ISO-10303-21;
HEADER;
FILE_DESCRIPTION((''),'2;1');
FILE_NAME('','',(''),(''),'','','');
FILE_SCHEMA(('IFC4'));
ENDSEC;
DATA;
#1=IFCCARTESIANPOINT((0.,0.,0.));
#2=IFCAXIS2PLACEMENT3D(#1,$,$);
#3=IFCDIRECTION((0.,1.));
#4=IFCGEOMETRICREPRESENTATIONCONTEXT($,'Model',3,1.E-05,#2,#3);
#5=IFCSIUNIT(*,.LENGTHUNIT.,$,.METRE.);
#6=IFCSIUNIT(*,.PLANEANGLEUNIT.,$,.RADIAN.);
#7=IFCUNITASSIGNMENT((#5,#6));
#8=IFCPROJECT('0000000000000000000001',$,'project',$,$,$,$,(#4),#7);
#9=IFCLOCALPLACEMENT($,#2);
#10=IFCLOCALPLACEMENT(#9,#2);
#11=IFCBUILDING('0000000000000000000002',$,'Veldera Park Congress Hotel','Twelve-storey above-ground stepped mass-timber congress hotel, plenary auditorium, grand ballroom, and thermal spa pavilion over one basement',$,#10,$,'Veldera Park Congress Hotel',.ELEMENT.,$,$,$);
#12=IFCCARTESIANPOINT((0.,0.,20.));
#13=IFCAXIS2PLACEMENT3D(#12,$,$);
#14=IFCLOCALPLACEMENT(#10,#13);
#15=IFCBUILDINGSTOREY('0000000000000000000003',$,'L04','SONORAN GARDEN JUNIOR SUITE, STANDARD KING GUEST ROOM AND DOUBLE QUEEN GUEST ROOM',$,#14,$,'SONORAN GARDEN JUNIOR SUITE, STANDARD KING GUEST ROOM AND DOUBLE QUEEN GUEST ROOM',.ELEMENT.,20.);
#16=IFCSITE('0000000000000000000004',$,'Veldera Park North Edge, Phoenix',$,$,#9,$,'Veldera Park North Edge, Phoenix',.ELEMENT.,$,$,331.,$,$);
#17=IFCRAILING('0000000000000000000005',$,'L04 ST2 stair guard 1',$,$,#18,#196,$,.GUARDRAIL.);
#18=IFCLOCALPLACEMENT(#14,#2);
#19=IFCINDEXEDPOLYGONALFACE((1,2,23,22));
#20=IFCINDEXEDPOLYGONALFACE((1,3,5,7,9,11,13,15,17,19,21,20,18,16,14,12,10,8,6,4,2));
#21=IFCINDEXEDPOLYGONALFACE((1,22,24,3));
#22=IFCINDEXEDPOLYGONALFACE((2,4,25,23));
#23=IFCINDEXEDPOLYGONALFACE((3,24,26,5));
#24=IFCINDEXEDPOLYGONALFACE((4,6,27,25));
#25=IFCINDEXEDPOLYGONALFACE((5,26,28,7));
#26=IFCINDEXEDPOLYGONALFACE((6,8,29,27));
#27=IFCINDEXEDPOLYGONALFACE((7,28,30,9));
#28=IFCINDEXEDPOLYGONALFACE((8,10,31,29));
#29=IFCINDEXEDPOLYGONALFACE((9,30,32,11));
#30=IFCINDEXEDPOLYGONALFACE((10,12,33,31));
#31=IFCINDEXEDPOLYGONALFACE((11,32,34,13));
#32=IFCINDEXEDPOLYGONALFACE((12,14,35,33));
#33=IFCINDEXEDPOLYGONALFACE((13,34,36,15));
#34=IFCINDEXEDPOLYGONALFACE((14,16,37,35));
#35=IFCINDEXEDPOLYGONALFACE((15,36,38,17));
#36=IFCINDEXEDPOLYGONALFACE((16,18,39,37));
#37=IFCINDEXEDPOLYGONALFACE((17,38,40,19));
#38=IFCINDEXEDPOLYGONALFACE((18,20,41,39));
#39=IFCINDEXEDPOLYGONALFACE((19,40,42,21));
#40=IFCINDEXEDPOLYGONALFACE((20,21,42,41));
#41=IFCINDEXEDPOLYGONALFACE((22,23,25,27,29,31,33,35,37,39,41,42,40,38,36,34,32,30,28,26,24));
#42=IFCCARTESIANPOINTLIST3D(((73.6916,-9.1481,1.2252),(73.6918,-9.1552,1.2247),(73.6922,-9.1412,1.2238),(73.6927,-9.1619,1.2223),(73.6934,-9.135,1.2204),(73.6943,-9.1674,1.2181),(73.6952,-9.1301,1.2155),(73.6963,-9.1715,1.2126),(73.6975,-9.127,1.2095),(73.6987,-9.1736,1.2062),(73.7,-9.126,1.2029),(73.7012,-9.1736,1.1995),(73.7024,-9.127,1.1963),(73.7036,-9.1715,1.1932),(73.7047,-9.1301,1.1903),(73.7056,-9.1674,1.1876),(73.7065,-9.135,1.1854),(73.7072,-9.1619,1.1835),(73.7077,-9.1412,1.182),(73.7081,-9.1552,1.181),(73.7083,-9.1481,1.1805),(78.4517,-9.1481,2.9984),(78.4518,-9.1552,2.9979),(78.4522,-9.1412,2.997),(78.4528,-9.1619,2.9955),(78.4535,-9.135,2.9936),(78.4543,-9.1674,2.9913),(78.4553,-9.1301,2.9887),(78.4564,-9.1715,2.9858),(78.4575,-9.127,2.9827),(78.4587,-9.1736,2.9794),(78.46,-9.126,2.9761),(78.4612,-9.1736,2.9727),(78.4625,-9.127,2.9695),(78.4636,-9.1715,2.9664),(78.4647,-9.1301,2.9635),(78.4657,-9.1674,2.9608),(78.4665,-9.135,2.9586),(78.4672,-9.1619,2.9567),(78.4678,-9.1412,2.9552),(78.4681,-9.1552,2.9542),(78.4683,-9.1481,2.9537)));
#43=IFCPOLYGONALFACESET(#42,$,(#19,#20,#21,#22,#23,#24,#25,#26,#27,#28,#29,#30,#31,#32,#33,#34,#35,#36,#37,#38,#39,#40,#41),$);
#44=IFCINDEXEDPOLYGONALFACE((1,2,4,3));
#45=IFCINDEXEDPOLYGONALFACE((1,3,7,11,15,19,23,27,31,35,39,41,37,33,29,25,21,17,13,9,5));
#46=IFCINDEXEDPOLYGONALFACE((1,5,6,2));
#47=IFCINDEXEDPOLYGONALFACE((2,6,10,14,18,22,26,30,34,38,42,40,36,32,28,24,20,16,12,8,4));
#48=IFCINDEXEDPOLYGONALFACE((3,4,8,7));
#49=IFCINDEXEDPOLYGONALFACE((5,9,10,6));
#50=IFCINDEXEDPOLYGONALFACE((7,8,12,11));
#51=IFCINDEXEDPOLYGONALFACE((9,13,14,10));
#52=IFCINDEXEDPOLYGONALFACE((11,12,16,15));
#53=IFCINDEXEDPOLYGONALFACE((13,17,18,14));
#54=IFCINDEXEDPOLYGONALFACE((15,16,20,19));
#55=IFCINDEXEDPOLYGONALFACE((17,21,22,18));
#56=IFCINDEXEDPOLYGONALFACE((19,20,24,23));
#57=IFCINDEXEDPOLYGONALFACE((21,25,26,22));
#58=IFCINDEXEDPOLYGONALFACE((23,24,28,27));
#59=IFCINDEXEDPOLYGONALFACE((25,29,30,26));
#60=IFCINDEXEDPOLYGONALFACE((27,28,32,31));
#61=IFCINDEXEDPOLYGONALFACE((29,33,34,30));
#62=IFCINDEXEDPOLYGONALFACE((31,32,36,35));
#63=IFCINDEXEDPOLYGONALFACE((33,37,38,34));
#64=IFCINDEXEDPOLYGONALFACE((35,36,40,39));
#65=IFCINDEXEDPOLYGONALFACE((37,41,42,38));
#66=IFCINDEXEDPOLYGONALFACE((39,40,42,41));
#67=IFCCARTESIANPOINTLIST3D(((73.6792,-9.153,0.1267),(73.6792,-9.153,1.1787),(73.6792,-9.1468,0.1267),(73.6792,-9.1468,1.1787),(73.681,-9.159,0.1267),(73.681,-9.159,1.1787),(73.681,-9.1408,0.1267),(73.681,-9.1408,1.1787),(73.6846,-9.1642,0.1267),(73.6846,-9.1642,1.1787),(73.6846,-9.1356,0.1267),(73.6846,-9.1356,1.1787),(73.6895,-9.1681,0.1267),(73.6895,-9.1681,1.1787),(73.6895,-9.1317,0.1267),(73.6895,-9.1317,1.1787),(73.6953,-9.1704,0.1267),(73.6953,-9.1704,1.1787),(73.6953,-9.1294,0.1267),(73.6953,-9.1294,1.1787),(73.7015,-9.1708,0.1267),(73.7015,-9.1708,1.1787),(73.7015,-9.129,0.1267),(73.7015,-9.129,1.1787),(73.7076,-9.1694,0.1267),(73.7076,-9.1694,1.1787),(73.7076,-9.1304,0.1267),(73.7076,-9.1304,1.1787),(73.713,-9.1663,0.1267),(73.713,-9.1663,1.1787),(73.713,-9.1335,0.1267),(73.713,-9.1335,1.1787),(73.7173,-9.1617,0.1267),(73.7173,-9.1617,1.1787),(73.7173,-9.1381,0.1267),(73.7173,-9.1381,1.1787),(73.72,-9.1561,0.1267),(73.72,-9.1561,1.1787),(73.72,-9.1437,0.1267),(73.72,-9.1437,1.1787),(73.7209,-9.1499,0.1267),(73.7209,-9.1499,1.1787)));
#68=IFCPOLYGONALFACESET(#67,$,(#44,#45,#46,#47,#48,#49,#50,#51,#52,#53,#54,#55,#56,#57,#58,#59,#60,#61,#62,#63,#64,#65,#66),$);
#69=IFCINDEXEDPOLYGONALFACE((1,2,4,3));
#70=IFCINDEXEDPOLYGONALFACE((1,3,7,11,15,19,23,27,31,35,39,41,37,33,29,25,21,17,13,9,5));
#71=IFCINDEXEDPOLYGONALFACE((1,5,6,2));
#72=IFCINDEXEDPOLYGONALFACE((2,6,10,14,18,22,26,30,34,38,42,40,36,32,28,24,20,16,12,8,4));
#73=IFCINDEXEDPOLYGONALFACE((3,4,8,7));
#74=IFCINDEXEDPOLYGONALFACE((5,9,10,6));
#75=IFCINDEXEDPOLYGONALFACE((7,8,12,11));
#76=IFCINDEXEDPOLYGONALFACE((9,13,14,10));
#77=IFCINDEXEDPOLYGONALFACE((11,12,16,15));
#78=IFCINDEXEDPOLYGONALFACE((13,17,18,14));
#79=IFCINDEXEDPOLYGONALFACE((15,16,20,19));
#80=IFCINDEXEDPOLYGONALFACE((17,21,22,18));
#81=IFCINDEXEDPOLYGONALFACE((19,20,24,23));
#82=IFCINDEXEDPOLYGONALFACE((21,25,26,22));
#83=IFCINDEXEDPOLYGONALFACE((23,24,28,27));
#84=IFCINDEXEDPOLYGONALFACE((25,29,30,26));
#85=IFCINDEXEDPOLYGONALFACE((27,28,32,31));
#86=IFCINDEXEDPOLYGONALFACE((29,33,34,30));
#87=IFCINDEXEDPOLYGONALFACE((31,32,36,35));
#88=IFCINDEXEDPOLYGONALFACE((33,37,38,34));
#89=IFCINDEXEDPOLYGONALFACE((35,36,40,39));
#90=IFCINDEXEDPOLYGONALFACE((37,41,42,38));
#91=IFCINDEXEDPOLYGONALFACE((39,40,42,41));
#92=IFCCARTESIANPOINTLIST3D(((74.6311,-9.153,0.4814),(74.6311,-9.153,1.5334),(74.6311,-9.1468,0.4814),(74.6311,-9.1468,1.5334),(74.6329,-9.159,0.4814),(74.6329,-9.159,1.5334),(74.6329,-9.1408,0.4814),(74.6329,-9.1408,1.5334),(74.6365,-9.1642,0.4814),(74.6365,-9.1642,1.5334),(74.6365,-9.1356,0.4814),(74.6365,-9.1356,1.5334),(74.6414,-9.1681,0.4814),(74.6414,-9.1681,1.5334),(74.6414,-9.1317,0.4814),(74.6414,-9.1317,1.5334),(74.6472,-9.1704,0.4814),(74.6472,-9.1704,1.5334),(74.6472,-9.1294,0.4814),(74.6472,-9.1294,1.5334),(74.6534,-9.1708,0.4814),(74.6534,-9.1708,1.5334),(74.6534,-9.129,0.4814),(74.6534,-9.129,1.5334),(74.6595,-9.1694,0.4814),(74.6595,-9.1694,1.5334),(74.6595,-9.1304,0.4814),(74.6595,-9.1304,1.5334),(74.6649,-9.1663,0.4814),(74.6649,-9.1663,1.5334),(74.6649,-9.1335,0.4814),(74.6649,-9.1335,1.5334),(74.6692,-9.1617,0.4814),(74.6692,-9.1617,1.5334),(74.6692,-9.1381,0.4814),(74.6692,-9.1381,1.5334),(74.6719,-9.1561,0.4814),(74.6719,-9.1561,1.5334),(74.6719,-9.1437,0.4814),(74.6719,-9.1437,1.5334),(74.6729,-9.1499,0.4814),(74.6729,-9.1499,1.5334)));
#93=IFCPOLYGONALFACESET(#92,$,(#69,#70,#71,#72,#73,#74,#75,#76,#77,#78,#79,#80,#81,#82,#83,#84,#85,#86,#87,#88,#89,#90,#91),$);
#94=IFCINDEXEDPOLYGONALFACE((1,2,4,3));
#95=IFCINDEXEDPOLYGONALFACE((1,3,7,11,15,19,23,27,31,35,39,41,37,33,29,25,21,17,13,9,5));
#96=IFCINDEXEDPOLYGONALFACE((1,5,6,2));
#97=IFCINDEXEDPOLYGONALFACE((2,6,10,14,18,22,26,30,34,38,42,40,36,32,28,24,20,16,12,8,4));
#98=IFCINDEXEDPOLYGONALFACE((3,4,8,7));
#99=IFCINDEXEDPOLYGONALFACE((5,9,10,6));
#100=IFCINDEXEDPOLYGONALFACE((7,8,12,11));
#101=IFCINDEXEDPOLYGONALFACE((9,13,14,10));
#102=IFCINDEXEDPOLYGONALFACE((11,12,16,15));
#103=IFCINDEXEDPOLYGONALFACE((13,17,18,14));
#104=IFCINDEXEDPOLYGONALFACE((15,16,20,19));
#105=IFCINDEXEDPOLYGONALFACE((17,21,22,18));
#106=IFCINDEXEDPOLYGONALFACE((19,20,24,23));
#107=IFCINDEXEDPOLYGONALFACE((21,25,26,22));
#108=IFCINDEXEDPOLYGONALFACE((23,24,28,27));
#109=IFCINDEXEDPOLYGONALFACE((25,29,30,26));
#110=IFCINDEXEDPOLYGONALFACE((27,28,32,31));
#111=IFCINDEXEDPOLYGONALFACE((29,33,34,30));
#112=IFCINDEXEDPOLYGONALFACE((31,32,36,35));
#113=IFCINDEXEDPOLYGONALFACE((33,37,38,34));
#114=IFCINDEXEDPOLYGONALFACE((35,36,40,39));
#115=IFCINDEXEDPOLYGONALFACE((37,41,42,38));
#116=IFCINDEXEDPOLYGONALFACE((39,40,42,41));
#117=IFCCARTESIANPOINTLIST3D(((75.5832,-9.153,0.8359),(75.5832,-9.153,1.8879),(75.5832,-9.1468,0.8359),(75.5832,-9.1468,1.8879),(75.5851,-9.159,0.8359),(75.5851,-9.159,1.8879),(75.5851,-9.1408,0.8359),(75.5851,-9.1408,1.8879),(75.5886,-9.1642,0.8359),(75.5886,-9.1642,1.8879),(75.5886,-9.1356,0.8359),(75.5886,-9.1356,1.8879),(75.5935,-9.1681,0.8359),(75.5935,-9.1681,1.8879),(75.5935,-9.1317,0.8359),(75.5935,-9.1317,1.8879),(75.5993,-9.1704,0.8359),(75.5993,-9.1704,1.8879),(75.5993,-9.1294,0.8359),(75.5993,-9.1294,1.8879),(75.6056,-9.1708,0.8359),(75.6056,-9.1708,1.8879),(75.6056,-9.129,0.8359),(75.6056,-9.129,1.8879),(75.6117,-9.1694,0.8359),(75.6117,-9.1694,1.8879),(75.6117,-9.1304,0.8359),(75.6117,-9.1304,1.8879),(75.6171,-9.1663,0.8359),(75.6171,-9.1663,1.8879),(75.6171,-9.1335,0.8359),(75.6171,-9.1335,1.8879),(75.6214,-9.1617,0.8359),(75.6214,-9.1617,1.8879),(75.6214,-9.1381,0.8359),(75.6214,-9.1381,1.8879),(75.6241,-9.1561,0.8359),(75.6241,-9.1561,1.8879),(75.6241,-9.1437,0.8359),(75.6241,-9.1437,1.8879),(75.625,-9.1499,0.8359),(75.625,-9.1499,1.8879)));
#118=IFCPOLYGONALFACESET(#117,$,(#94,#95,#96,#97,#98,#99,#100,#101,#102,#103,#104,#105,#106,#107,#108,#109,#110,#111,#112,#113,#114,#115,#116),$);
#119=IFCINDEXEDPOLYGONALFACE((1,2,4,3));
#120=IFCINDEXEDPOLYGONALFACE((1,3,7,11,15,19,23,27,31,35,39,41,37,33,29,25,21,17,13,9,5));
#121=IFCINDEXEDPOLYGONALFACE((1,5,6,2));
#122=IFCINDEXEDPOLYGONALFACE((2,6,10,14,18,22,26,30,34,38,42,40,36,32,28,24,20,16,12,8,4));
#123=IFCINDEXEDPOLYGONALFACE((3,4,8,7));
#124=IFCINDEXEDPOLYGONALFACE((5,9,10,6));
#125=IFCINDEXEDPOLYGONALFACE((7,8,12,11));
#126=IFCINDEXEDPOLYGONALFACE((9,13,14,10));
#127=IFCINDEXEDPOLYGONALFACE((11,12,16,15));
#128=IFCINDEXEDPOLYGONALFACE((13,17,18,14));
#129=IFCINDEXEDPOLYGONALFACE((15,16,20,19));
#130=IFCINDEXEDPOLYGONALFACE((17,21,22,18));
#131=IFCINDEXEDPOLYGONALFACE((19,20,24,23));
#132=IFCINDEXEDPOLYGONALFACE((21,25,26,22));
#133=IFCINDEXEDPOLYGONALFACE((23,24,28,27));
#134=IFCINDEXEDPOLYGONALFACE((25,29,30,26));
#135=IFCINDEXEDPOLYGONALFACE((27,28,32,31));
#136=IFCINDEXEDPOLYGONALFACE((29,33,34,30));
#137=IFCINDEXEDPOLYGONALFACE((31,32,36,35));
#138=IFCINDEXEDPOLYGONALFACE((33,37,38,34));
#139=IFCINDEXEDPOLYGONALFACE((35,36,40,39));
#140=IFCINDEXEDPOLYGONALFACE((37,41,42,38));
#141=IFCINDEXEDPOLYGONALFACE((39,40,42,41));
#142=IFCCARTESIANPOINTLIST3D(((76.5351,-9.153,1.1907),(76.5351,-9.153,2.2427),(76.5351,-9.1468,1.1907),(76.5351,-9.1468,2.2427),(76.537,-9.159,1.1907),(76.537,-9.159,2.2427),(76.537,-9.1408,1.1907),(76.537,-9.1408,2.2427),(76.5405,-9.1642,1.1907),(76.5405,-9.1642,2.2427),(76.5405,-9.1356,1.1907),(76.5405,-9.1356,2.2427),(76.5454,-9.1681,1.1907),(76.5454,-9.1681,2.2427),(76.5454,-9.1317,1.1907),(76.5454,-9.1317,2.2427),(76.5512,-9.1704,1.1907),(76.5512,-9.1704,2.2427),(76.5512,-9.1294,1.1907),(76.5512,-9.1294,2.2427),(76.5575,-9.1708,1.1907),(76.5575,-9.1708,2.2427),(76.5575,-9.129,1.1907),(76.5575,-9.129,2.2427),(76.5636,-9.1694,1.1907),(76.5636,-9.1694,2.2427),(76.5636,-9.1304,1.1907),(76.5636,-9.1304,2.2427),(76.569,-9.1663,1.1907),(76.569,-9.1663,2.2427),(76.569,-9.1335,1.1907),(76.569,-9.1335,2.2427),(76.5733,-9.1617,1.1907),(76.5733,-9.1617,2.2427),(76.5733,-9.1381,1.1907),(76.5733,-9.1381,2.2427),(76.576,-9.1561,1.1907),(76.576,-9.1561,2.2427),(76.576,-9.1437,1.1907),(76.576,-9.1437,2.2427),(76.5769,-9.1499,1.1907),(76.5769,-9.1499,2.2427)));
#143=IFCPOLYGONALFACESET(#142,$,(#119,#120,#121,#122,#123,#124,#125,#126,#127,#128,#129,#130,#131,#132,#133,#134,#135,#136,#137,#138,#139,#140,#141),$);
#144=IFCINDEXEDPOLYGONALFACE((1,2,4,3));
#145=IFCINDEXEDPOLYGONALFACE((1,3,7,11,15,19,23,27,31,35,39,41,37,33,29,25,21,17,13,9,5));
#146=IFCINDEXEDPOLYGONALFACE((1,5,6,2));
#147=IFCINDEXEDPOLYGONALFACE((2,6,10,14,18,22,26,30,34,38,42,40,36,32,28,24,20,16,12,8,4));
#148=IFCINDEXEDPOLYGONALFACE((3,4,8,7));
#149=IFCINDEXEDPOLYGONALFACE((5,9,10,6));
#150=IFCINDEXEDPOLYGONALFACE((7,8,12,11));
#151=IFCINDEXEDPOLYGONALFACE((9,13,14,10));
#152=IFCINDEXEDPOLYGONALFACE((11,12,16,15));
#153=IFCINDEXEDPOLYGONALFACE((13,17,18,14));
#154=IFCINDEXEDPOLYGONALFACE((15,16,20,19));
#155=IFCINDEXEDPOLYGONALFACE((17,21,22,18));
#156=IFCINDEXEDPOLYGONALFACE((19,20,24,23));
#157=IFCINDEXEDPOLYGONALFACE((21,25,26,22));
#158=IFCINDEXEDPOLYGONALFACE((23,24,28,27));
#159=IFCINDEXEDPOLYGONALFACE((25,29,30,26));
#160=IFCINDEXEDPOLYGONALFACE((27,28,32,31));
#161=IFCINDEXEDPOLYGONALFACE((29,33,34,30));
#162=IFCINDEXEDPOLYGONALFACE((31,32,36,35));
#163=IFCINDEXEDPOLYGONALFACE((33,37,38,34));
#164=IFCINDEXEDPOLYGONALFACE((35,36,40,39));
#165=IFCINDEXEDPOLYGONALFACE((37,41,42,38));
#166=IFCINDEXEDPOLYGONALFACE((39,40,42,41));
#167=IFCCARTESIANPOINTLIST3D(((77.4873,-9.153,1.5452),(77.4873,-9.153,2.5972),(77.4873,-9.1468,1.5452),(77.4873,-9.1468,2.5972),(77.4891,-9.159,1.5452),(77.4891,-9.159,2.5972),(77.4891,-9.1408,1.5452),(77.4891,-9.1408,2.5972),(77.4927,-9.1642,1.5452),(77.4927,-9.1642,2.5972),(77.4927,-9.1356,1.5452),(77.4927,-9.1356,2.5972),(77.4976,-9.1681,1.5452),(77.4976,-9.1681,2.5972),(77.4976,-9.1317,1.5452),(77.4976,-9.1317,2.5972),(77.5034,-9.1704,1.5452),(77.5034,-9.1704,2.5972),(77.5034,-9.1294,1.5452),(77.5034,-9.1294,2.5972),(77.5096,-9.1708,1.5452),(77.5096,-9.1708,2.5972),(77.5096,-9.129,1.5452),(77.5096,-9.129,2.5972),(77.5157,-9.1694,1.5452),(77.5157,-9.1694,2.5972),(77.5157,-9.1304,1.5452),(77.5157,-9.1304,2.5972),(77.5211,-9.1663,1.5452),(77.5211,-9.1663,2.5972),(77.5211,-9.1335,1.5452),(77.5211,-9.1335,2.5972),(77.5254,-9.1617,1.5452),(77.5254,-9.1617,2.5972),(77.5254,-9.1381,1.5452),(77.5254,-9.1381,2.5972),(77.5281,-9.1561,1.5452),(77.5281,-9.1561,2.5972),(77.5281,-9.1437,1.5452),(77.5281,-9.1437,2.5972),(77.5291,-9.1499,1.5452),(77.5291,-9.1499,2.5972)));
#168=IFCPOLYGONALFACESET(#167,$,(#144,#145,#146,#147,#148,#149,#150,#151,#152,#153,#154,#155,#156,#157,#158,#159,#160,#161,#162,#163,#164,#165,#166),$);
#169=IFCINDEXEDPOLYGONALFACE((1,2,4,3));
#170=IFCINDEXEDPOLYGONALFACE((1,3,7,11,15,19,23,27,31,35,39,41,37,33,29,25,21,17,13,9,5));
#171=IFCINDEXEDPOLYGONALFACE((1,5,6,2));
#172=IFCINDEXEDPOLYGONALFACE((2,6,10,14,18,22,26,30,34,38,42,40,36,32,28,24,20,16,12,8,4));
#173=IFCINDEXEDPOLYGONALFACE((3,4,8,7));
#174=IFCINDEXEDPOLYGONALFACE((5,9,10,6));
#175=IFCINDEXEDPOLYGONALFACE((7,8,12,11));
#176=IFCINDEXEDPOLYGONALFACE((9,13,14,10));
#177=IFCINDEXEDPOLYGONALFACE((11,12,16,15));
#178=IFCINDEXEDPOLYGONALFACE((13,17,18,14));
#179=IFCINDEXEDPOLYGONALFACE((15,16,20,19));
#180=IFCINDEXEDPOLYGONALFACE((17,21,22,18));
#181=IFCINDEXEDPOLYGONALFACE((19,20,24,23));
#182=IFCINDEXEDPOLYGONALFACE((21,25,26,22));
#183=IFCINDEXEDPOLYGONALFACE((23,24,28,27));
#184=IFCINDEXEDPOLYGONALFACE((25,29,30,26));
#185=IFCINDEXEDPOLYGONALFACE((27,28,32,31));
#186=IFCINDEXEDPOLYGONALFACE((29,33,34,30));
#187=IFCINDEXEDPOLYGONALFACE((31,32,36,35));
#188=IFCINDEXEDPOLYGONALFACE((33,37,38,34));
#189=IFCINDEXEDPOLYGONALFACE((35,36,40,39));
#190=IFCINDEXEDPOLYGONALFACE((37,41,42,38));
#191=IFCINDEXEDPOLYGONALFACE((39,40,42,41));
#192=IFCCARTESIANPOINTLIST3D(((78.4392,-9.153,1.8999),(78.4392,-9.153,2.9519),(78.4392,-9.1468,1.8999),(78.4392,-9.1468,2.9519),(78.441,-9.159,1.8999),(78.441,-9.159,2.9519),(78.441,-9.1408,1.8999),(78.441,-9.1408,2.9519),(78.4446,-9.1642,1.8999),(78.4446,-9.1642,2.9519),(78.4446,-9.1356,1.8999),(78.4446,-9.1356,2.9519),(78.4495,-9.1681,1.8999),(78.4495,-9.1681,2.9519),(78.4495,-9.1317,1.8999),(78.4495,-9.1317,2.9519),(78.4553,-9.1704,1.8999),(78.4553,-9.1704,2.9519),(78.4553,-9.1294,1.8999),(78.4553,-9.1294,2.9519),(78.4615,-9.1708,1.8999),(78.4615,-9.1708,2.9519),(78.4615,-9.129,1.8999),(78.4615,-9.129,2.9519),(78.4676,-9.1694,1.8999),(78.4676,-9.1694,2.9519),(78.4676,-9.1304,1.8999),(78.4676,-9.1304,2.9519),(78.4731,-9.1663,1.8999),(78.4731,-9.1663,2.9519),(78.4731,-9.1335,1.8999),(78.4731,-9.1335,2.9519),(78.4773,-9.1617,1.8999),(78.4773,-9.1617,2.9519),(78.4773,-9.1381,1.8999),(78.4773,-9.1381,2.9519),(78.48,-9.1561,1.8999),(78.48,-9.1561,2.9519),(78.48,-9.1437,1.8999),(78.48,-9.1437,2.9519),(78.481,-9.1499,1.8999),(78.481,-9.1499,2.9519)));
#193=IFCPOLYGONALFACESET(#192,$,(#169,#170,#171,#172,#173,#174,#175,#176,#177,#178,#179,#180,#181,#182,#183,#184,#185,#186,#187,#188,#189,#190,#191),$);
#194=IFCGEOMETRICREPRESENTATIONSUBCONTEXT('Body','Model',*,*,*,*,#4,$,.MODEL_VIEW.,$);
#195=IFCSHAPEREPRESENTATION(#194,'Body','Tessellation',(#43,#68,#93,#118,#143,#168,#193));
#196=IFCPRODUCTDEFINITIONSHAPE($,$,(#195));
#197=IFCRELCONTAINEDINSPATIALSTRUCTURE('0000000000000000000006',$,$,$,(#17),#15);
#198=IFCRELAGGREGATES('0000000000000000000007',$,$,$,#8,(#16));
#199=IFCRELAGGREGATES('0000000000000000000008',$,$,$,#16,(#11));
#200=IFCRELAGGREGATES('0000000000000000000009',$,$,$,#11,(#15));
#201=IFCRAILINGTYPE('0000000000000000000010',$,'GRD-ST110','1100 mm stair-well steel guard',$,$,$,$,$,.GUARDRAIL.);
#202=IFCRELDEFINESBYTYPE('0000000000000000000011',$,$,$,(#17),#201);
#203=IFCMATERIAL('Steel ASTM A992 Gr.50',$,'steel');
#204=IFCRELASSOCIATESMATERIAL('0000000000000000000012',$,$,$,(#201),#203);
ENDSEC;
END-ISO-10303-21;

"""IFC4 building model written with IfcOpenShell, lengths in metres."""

from ifc_helpers import new_model, si_unit, direction, frame, origin, origin_2d, place, context, subcontext, project, spatial, circle, extrude, material, type_object, element, save


model = new_model("IFC4")

# Units and contexts
model_context = context("Model", 3, precision=1e-05, world=origin(), true_north=direction((0.0, 1.0)))
body_context = subcontext(model_context, "Body", "Model", "MODEL_VIEW")
ifc_project = project(units=[si_unit("LENGTHUNIT", "METRE"), si_unit("PLANEANGLEUNIT", "RADIAN")], contexts=[model_context])

# Site, building, storey
site_placement = place(None, origin())
site = spatial("IfcSite", under=ifc_project, at=site_placement, Name="Veldera Park North Edge, Phoenix", LongName="Veldera Park North Edge, Phoenix", CompositionType="ELEMENT", RefElevation=331.0)
building_placement = place(site_placement, origin())
building = spatial("IfcBuilding", under=site, at=building_placement, Name="Veldera Park Congress Hotel", Description="Twelve-storey above-ground stepped mass-timber congress hotel, plenary auditorium, grand ballroom, and thermal spa pavilion over one basement", LongName="Veldera Park Congress Hotel", CompositionType="ELEMENT")
storey_placement = place(building_placement, frame((0.0, 0.0, 20.0)))
storey = spatial("IfcBuildingStorey", under=building, at=storey_placement, Name="L04", Description="SONORAN GARDEN JUNIOR SUITE, STANDARD KING GUEST ROOM AND DOUBLE QUEEN GUEST ROOM", LongName="SONORAN GARDEN JUNIOR SUITE, STANDARD KING GUEST ROOM AND DOUBLE QUEEN GUEST ROOM", CompositionType="ELEMENT", Elevation=20.0)

# Railing
ifc_material_1 = material(Name="Steel ASTM A992 Gr.50", Category="steel")
railing_type_1 = type_object("IfcRailingType", Name="GRD-ST110", Description="1100 mm stair-well steel guard", PredefinedType="GUARDRAIL", material=ifc_material_1)
railing_1_placement = place(storey_placement, frame((73.7, -9.1499, 0.1267)))
element("IfcRailing", 1, at=railing_1_placement, inside=storey, type_object=railing_type_1, Name="L04 ST2 stair guard 1", PredefinedType="GUARDRAIL", context=body_context, shape_type="SweptSolid", body=[
    extrude(circle(Radius=0.0239, at=origin_2d()), frame((0.0, 0.0, 1.0762), z_axis=(0.937091, 0.0, 0.349084), x_axis=(0.0, 1.0, 0.0)), (0.0, 0.0, 1.0), 5.0796),
    extrude(circle(Radius=0.021, at=origin_2d()), origin(), (0.0, 0.0, 1.0), 1.052),
    extrude(circle(Radius=0.021, at=origin_2d()), frame((0.9519, 0.0, 0.3547)), (0.0, 0.0, 1.0), 1.052),
    extrude(circle(Radius=0.021, at=origin_2d()), frame((1.9041, 0.0, 0.7092)), (0.0, 0.0, 1.0), 1.052),
    extrude(circle(Radius=0.021, at=origin_2d()), frame((2.856, 0.0, 1.064)), (0.0, 0.0, 1.0), 1.052),
    extrude(circle(Radius=0.021, at=origin_2d()), frame((3.8081, 0.0, 1.4185)), (0.0, 0.0, 1.0), 1.052),
    extrude(circle(Radius=0.021, at=origin_2d()), frame((4.76, 0.0, 1.7732)), (0.0, 0.0, 1.0), 1.052),
])

save(model, "model.ifc")
